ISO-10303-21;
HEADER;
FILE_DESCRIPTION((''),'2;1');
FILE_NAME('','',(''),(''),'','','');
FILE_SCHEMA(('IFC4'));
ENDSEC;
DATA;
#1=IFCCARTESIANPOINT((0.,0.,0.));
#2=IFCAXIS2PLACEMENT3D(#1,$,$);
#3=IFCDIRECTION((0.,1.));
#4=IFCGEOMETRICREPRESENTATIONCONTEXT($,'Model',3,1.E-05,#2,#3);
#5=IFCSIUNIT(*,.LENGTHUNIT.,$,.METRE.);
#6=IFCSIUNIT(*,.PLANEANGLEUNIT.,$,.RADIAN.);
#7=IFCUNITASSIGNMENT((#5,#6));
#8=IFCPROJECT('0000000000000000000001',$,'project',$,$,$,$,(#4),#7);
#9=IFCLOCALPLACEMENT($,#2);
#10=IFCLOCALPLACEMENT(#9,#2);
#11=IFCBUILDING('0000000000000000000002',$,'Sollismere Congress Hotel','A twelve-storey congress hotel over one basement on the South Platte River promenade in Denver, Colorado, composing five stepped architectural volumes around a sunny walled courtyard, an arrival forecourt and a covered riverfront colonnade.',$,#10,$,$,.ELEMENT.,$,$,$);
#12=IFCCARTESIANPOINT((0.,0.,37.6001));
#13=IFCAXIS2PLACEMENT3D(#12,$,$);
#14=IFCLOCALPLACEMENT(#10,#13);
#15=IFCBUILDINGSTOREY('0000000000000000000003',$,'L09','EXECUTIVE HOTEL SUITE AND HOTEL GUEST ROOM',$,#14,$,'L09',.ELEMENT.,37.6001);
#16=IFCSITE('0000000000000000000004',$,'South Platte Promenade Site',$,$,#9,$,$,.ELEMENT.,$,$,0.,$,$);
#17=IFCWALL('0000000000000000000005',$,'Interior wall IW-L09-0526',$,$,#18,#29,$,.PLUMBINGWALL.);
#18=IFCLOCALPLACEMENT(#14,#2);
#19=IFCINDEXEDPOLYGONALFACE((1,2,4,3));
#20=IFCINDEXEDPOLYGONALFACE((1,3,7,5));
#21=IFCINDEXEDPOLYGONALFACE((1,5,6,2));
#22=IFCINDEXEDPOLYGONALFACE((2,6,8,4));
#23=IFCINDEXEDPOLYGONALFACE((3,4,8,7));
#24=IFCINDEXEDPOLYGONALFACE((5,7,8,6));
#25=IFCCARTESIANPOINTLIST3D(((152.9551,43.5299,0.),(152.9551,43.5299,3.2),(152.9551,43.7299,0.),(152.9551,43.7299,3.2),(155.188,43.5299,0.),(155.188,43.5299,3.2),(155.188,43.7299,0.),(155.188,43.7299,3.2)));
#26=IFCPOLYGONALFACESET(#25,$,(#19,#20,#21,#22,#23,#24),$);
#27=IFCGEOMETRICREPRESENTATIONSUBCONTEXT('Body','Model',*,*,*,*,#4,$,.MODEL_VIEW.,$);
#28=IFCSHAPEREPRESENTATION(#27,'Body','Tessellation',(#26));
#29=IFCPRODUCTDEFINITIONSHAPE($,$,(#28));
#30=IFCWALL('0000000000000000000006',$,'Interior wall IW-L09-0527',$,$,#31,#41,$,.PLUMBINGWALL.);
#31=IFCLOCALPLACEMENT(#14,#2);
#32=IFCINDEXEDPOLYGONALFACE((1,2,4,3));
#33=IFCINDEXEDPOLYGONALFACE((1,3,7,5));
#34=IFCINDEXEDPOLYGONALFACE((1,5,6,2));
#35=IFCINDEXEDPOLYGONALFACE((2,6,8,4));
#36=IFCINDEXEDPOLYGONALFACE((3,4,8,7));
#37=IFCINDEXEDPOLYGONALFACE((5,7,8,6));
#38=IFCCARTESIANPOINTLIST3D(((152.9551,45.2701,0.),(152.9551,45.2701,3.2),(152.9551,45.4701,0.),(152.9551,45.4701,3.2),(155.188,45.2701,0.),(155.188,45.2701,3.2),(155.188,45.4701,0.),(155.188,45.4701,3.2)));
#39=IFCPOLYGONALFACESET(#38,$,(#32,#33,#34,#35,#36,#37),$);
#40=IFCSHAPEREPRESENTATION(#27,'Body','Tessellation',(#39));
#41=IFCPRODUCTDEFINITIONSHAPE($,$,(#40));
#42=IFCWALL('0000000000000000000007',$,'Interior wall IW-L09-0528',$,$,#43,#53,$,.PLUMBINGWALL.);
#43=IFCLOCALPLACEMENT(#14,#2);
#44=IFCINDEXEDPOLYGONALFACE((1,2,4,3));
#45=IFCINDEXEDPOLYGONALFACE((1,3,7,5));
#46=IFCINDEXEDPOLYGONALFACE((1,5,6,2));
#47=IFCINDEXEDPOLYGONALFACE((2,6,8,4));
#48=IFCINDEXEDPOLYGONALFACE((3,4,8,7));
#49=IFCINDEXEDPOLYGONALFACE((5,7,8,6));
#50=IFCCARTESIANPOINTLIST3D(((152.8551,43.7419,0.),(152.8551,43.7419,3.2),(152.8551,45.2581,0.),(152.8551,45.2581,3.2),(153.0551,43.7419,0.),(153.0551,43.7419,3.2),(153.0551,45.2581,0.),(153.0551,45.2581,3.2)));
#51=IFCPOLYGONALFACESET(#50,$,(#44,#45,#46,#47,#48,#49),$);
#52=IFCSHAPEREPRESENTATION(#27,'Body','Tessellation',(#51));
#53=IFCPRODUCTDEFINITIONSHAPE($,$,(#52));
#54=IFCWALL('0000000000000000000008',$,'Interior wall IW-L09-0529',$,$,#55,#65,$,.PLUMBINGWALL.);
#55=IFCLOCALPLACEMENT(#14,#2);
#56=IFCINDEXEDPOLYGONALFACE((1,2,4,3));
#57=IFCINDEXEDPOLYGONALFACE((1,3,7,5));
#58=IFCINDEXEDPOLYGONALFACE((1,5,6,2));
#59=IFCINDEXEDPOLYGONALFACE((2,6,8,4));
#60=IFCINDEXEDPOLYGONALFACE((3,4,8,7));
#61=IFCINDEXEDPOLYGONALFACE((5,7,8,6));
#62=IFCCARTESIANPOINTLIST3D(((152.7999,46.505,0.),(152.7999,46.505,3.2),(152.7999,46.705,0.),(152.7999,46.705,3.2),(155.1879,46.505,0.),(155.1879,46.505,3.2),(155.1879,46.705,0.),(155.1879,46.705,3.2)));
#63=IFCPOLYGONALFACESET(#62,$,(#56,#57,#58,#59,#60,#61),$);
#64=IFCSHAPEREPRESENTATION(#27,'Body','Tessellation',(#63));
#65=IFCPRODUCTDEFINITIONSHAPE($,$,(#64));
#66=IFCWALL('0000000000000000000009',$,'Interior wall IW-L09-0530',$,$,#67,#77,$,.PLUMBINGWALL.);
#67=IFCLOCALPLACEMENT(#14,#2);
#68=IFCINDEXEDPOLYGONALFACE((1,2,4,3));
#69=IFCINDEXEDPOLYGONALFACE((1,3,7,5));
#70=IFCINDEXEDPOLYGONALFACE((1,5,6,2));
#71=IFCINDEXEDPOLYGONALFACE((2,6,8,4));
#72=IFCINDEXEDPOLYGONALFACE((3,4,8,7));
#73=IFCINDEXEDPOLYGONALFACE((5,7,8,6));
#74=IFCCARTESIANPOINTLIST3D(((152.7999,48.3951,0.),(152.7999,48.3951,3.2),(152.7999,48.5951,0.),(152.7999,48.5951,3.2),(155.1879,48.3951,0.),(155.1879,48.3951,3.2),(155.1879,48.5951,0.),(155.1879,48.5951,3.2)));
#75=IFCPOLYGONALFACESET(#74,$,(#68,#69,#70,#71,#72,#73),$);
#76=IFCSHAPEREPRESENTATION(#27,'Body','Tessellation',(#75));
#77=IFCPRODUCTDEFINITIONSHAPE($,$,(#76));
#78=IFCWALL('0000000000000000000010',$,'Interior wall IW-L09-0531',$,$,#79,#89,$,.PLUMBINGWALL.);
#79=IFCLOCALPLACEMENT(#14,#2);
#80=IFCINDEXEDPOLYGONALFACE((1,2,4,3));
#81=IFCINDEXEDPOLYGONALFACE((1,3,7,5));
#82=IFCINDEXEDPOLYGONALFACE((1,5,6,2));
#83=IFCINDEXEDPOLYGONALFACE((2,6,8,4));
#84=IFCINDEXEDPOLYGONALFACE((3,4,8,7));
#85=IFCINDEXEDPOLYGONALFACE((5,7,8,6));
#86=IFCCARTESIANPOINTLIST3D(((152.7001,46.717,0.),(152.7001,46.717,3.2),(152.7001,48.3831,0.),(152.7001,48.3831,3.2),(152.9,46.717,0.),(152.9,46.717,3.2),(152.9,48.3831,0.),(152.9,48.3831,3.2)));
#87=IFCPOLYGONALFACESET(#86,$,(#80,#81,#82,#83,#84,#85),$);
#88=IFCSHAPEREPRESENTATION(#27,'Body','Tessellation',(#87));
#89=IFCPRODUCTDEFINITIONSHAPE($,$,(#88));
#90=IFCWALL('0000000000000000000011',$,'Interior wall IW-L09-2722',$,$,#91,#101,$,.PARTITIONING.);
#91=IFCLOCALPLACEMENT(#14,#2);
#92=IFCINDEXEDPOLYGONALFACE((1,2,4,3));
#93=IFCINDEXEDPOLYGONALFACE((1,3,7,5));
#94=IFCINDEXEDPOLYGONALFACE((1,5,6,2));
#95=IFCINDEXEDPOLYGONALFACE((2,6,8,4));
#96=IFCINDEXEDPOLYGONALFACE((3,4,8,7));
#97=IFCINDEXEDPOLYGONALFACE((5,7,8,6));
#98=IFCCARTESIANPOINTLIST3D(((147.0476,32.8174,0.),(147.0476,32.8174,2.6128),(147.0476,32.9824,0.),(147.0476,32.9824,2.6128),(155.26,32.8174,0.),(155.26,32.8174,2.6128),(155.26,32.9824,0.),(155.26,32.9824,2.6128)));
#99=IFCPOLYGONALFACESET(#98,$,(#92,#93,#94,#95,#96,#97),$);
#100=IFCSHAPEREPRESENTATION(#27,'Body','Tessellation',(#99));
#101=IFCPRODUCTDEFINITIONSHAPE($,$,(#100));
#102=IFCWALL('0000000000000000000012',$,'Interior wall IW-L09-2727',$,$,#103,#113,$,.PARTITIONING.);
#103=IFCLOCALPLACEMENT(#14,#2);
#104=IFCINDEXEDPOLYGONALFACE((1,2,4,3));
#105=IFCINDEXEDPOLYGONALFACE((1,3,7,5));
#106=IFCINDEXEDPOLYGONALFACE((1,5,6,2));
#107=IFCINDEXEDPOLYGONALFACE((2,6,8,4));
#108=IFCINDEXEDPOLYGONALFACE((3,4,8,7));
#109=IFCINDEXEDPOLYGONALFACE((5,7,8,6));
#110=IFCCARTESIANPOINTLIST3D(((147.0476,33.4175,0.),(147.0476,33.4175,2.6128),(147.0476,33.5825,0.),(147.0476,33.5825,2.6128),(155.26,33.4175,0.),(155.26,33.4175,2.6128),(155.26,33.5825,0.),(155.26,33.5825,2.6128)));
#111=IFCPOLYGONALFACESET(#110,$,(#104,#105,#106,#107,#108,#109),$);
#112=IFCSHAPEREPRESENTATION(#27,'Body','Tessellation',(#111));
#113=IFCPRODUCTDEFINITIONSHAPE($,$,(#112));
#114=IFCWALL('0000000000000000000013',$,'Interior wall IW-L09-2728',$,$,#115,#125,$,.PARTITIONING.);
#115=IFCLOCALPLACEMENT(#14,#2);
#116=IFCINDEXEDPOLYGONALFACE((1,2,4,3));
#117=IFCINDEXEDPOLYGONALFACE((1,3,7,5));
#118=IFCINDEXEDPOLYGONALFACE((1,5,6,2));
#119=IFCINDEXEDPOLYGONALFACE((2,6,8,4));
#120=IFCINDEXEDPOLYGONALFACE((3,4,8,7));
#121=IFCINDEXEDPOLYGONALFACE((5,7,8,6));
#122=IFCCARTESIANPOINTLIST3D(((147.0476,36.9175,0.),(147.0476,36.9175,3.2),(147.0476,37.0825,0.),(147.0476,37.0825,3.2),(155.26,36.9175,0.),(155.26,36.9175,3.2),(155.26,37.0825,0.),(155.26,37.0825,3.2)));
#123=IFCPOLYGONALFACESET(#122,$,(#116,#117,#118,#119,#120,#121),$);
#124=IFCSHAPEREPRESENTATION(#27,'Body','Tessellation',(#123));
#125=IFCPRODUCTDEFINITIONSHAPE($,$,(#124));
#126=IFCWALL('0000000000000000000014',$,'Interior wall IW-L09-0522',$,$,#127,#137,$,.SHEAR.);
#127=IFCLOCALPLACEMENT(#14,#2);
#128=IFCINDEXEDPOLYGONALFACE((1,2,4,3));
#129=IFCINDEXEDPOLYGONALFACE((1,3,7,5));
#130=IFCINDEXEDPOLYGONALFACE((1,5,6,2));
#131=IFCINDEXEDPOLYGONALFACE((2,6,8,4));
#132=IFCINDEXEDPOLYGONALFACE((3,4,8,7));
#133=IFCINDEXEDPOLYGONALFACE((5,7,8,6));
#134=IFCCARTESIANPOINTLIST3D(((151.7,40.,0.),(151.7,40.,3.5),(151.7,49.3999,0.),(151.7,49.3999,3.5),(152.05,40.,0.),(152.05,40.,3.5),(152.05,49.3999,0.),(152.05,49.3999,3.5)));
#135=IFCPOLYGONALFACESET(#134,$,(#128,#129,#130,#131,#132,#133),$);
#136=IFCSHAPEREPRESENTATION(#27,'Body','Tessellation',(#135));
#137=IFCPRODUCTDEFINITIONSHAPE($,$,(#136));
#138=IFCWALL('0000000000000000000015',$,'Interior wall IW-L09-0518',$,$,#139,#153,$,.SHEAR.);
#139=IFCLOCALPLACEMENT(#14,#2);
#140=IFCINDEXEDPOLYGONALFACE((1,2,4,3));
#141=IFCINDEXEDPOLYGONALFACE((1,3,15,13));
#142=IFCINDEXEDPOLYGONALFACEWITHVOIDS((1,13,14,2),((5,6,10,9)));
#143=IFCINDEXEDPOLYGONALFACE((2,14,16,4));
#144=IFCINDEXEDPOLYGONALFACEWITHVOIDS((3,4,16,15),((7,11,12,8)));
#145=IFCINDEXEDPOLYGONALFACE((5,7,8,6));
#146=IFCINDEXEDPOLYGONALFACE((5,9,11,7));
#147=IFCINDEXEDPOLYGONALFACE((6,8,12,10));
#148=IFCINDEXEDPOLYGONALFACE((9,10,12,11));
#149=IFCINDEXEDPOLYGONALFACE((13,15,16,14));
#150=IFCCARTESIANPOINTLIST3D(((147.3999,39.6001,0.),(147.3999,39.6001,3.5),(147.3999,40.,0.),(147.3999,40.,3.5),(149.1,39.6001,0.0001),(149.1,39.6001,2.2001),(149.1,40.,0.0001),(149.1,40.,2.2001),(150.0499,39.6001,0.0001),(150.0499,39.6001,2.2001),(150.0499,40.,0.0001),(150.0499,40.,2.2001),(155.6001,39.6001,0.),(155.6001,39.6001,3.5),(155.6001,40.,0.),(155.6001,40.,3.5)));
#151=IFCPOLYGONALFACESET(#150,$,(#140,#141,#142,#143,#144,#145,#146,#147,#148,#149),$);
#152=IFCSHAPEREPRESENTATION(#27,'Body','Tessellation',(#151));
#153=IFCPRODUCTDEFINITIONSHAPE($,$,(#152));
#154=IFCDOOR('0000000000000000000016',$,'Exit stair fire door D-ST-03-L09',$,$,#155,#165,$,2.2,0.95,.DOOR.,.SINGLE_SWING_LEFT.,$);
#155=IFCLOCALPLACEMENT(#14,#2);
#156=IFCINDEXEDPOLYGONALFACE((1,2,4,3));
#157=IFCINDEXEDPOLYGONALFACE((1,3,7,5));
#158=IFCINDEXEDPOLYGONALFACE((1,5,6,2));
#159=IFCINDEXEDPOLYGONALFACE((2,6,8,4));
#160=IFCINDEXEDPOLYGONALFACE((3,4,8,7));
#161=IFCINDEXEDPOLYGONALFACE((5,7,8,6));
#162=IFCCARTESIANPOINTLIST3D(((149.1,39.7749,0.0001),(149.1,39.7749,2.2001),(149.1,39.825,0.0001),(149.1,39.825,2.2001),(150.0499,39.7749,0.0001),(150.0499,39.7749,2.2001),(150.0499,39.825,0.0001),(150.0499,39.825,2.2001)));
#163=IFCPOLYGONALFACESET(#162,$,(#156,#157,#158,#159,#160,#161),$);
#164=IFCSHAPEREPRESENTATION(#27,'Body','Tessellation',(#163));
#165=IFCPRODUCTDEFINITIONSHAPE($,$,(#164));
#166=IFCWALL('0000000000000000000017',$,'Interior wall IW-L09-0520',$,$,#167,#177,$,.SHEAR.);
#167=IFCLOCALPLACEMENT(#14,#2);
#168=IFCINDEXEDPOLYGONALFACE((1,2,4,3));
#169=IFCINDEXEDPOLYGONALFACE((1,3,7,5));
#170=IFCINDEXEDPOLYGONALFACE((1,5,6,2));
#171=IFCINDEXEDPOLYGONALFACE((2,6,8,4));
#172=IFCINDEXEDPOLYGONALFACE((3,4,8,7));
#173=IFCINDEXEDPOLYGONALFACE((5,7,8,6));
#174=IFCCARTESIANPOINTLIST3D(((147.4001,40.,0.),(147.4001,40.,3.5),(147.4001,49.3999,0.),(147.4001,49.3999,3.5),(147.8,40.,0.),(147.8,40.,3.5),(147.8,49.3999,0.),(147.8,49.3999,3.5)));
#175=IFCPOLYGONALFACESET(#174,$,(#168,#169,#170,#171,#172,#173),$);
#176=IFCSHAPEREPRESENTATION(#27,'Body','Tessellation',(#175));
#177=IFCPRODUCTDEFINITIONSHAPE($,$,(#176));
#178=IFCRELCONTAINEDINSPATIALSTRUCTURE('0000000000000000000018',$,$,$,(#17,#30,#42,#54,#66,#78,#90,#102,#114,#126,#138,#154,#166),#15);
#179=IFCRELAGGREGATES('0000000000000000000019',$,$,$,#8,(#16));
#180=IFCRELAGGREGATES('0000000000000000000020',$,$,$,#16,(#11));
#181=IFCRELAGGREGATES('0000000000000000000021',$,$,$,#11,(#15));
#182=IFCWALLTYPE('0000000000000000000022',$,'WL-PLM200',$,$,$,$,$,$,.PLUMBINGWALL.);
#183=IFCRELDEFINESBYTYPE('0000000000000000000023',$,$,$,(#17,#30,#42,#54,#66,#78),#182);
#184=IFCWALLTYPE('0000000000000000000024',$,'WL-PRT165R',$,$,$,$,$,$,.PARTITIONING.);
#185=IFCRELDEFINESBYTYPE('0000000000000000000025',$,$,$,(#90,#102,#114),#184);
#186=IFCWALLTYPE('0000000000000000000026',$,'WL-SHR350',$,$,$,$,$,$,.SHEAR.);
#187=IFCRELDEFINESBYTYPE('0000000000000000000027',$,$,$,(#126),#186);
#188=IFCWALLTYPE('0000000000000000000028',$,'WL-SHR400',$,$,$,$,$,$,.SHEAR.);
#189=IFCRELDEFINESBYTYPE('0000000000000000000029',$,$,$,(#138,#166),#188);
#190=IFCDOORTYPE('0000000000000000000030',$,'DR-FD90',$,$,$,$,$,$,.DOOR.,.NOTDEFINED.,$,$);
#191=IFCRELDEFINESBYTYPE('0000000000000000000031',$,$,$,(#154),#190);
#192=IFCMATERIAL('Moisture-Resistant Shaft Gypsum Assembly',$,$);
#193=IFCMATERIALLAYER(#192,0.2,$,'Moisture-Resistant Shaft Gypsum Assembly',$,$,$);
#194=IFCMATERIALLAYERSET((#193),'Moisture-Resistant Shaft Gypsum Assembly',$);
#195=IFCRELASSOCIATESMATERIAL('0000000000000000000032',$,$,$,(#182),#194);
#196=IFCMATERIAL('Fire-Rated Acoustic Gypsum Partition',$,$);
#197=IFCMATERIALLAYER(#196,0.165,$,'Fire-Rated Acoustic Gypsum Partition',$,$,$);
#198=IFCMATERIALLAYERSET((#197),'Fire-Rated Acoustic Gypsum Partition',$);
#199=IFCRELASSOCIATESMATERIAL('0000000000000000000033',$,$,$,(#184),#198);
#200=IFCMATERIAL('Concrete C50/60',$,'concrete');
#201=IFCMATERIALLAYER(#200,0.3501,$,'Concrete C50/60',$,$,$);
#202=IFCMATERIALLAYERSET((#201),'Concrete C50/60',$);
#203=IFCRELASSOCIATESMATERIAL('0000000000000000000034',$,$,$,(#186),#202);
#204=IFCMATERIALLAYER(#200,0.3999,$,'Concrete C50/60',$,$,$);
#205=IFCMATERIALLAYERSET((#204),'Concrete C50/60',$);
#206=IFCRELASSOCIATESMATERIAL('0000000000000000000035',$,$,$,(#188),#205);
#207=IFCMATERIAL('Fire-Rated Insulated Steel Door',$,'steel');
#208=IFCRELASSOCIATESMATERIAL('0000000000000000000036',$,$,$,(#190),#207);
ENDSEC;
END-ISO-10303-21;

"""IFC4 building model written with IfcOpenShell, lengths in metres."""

from ifc_helpers import new_model, si_unit, direction, frame, frame_2d, origin, place, context, subcontext, project, spatial, rectangle, extrude, material, layer, layer_set, type_object, element, fill, save


model = new_model("IFC4")

# Units and contexts
model_context = context("Model", 3, precision=1e-05, world=origin(), true_north=direction((0.0, 1.0)))
body_context = subcontext(model_context, "Body", "Model", "MODEL_VIEW")
ifc_project = project(units=[si_unit("LENGTHUNIT", "METRE"), si_unit("PLANEANGLEUNIT", "RADIAN")], contexts=[model_context])

# Site, building, storey
site_placement = place(None, origin())
site = spatial("IfcSite", under=ifc_project, at=site_placement, Name="South Platte Promenade Site", CompositionType="ELEMENT", RefElevation=0.0)
building_placement = place(site_placement, origin())
building = spatial("IfcBuilding", under=site, at=building_placement, Name="Sollismere Congress Hotel", Description="A twelve-storey congress hotel over one basement on the South Platte River promenade in Denver, Colorado, composing five stepped architectural volumes around a sunny walled courtyard, an arrival forecourt and a covered riverfront colonnade.", CompositionType="ELEMENT")
storey_placement = place(building_placement, frame((0.0, 0.0, 37.6001)))
storey = spatial("IfcBuildingStorey", under=building, at=storey_placement, Name="L09", Description="EXECUTIVE HOTEL SUITE AND HOTEL GUEST ROOM", LongName="L09", CompositionType="ELEMENT", Elevation=37.6001)

# Walls
ifc_material_1 = material(Name="Moisture-Resistant Shaft Gypsum Assembly")
ifc_layer_1 = layer(ifc_material_1, 0.2, Name="Moisture-Resistant Shaft Gypsum Assembly")
ifc_layer_set_1 = layer_set([ifc_layer_1], Name="Moisture-Resistant Shaft Gypsum Assembly")
wall_type_1 = type_object("IfcWallType", Name="WL-PLM200", PredefinedType="PLUMBINGWALL", material=ifc_layer_set_1)
for number, where, z_axis, x_axis, name in (
    (1, (152.9551, 43.6299, 0.0), (0.0, 0.0, 1.0), (1.0, 0.0, 0.0), "Interior wall IW-L09-0526"),
    (2, (152.9551, 45.3701, 0.0), (0.0, 0.0, 1.0), (1.0, 0.0, 0.0), "Interior wall IW-L09-0527"),
):
    element("IfcWall", number, at=place(storey_placement, frame(where, z_axis=z_axis, x_axis=x_axis)), inside=storey, type_object=wall_type_1, Name=name, PredefinedType="PLUMBINGWALL", context=body_context, shape_type="SweptSolid", body=[
        extrude(rectangle(XDim=2.2329, YDim=0.2, at=frame_2d((1.1165, 0.0))), origin(), (0.0, 0.0, 1.0), 3.2),
    ])
wall_1_placement = place(storey_placement, frame((152.9551, 43.7419, 0.0), z_axis=(0.0, 0.0, 1.0), x_axis=(0.0, 1.0, 0.0)))
element("IfcWall", 3, at=wall_1_placement, inside=storey, type_object=wall_type_1, Name="Interior wall IW-L09-0528", PredefinedType="PLUMBINGWALL", context=body_context, shape_type="SweptSolid", body=[
    extrude(rectangle(XDim=1.5161, YDim=0.2, at=frame_2d((0.7581, 0.0))), origin(), (0.0, 0.0, 1.0), 3.2),
])
for number, where, z_axis, x_axis, name in (
    (4, (152.8, 46.605, 0.0), (0.0, 0.0, 1.0), (1.0, 0.0, 0.0), "Interior wall IW-L09-0529"),
    (5, (152.8, 48.4951, 0.0), (0.0, 0.0, 1.0), (1.0, 0.0, 0.0), "Interior wall IW-L09-0530"),
):
    element("IfcWall", number, at=place(storey_placement, frame(where, z_axis=z_axis, x_axis=x_axis)), inside=storey, type_object=wall_type_1, Name=name, PredefinedType="PLUMBINGWALL", context=body_context, shape_type="SweptSolid", body=[
        extrude(rectangle(XDim=2.3879, YDim=0.2, at=frame_2d((1.1938, 0.0))), origin(), (0.0, 0.0, 1.0), 3.2),
    ])
wall_2_placement = place(storey_placement, frame((152.8, 46.717, 0.0), z_axis=(0.0, 0.0, 1.0), x_axis=(0.0, 1.0, 0.0)))
element("IfcWall", 6, at=wall_2_placement, inside=storey, type_object=wall_type_1, Name="Interior wall IW-L09-0531", PredefinedType="PLUMBINGWALL", context=body_context, shape_type="SweptSolid", body=[
    extrude(rectangle(XDim=1.666, YDim=0.2, at=frame_2d((0.833, 0.0))), origin(), (0.0, 0.0, 1.0), 3.2),
])
ifc_material_2 = material(Name="Fire-Rated Acoustic Gypsum Partition")
ifc_layer_2 = layer(ifc_material_2, 0.165, Name="Fire-Rated Acoustic Gypsum Partition")
ifc_layer_set_2 = layer_set([ifc_layer_2], Name="Fire-Rated Acoustic Gypsum Partition")
wall_type_2 = type_object("IfcWallType", Name="WL-PRT165R", PredefinedType="PARTITIONING", material=ifc_layer_set_2)
for number, where, z_axis, x_axis, name in (
    (7, (147.0476, 32.8999, 0.0), (0.0, 0.0, 1.0), (1.0, 0.0, 0.0), "Interior wall IW-L09-2722"),
    (8, (147.0476, 33.5, 0.0), (0.0, 0.0, 1.0), (1.0, 0.0, 0.0), "Interior wall IW-L09-2727"),
):
    element("IfcWall", number, at=place(storey_placement, frame(where, z_axis=z_axis, x_axis=x_axis)), inside=storey, type_object=wall_type_2, Name=name, PredefinedType="PARTITIONING", context=body_context, shape_type="SweptSolid", body=[
        extrude(rectangle(XDim=8.2124, YDim=0.165, at=frame_2d((4.1062, 0.0))), origin(), (0.0, 0.0, 1.0), 2.6128),
    ])
wall_3_placement = place(storey_placement, frame((147.0476, 37.0, 0.0), z_axis=(0.0, 0.0, 1.0), x_axis=(1.0, 0.0, 0.0)))
element("IfcWall", 9, at=wall_3_placement, inside=storey, type_object=wall_type_2, Name="Interior wall IW-L09-2728", PredefinedType="PARTITIONING", context=body_context, shape_type="SweptSolid", body=[
    extrude(rectangle(XDim=8.2124, YDim=0.165, at=frame_2d((4.1062, 0.0))), origin(), (0.0, 0.0, 1.0), 3.2),
])
ifc_material_3 = material(Name="Concrete C50/60", Category="concrete")
ifc_layer_3 = layer(ifc_material_3, 0.3501, Name="Concrete C50/60")
ifc_layer_set_3 = layer_set([ifc_layer_3], Name="Concrete C50/60")
wall_type_3 = type_object("IfcWallType", Name="WL-SHR350", PredefinedType="SHEAR", material=ifc_layer_set_3)
wall_4_placement = place(storey_placement, frame((151.875, 40.0, 0.0), z_axis=(0.0, 0.0, 1.0), x_axis=(0.0, 1.0, 0.0)))
element("IfcWall", 10, at=wall_4_placement, inside=storey, type_object=wall_type_3, Name="Interior wall IW-L09-0522", PredefinedType="SHEAR", context=body_context, shape_type="SweptSolid", body=[
    extrude(rectangle(XDim=9.3999, YDim=0.3501, at=frame_2d((4.7, 0.0))), origin(), (0.0, 0.0, 1.0), 3.5),
])

# Wall, opening, door
ifc_layer_4 = layer(ifc_material_3, 0.3999, Name="Concrete C50/60")
ifc_layer_set_4 = layer_set([ifc_layer_4], Name="Concrete C50/60")
wall_type_4 = type_object("IfcWallType", Name="WL-SHR400", PredefinedType="SHEAR", material=ifc_layer_set_4)
wall_5_placement = place(storey_placement, frame((147.3999, 39.8, 0.0), z_axis=(0.0, 0.0, 1.0), x_axis=(1.0, 0.0, 0.0)))
wall_5 = element("IfcWall", 11, at=wall_5_placement, inside=storey, type_object=wall_type_4, Name="Interior wall IW-L09-0518", PredefinedType="SHEAR", context=body_context, shape_type="SweptSolid", body=[
    extrude(rectangle(XDim=8.2002, YDim=0.3999, at=frame_2d((4.1001, 0.0))), origin(), (0.0, 0.0, 1.0), 3.5),
])
opening_placement = place(wall_5_placement, frame((1.7, 0.0, 0.0)))
opening = element("IfcOpeningElement", 12, at=opening_placement, cuts=wall_5, PredefinedType="OPENING", context=body_context, shape_type="SweptSolid", body=[
    extrude(rectangle(XDim=0.95, YDim=2.2, at=frame_2d((0.4751, 1.1001))), frame((0.0, 0.21, 0.0), z_axis=(0.0, -1.0, 0.0), x_axis=(1.0, 0.0, 0.0)), (0.0, 0.0, 1.0), 0.4199),
])
ifc_material_4 = material(Name="Fire-Rated Insulated Steel Door", Category="steel")
door_type = type_object("IfcDoorType", Name="DR-FD90", OperationType="NOTDEFINED", PredefinedType="DOOR", material=ifc_material_4)
door_placement = place(opening_placement, origin())
door = element("IfcDoor", 13, at=door_placement, inside=storey, type_object=door_type, Name="Exit stair fire door D-ST-03-L09", OperationType="SINGLE_SWING_LEFT", OverallHeight=2.2, OverallWidth=0.95, PredefinedType="DOOR", context=body_context, shape_type="SweptSolid", body=[
    extrude(rectangle(XDim=0.95, YDim=2.2, at=frame_2d((0.4751, 1.1001))), frame((0.0, 0.0249, 0.0), z_axis=(0.0, -1.0, 0.0), x_axis=(1.0, 0.0, 0.0)), (0.0, 0.0, 1.0), 0.05),
])
fill(opening, door)

# Wall
wall_6_placement = place(storey_placement, frame((147.6001, 49.3999, 0.0), z_axis=(0.0, 0.0, 1.0), x_axis=(0.0, -1.0, 0.0)))
element("IfcWall", 14, at=wall_6_placement, inside=storey, type_object=wall_type_4, Name="Interior wall IW-L09-0520", PredefinedType="SHEAR", context=body_context, shape_type="SweptSolid", body=[
    extrude(rectangle(XDim=9.3999, YDim=0.3999, at=frame_2d((4.7, 0.0))), origin(), (0.0, 0.0, 1.0), 3.5),
])

save(model, "model.ifc")
